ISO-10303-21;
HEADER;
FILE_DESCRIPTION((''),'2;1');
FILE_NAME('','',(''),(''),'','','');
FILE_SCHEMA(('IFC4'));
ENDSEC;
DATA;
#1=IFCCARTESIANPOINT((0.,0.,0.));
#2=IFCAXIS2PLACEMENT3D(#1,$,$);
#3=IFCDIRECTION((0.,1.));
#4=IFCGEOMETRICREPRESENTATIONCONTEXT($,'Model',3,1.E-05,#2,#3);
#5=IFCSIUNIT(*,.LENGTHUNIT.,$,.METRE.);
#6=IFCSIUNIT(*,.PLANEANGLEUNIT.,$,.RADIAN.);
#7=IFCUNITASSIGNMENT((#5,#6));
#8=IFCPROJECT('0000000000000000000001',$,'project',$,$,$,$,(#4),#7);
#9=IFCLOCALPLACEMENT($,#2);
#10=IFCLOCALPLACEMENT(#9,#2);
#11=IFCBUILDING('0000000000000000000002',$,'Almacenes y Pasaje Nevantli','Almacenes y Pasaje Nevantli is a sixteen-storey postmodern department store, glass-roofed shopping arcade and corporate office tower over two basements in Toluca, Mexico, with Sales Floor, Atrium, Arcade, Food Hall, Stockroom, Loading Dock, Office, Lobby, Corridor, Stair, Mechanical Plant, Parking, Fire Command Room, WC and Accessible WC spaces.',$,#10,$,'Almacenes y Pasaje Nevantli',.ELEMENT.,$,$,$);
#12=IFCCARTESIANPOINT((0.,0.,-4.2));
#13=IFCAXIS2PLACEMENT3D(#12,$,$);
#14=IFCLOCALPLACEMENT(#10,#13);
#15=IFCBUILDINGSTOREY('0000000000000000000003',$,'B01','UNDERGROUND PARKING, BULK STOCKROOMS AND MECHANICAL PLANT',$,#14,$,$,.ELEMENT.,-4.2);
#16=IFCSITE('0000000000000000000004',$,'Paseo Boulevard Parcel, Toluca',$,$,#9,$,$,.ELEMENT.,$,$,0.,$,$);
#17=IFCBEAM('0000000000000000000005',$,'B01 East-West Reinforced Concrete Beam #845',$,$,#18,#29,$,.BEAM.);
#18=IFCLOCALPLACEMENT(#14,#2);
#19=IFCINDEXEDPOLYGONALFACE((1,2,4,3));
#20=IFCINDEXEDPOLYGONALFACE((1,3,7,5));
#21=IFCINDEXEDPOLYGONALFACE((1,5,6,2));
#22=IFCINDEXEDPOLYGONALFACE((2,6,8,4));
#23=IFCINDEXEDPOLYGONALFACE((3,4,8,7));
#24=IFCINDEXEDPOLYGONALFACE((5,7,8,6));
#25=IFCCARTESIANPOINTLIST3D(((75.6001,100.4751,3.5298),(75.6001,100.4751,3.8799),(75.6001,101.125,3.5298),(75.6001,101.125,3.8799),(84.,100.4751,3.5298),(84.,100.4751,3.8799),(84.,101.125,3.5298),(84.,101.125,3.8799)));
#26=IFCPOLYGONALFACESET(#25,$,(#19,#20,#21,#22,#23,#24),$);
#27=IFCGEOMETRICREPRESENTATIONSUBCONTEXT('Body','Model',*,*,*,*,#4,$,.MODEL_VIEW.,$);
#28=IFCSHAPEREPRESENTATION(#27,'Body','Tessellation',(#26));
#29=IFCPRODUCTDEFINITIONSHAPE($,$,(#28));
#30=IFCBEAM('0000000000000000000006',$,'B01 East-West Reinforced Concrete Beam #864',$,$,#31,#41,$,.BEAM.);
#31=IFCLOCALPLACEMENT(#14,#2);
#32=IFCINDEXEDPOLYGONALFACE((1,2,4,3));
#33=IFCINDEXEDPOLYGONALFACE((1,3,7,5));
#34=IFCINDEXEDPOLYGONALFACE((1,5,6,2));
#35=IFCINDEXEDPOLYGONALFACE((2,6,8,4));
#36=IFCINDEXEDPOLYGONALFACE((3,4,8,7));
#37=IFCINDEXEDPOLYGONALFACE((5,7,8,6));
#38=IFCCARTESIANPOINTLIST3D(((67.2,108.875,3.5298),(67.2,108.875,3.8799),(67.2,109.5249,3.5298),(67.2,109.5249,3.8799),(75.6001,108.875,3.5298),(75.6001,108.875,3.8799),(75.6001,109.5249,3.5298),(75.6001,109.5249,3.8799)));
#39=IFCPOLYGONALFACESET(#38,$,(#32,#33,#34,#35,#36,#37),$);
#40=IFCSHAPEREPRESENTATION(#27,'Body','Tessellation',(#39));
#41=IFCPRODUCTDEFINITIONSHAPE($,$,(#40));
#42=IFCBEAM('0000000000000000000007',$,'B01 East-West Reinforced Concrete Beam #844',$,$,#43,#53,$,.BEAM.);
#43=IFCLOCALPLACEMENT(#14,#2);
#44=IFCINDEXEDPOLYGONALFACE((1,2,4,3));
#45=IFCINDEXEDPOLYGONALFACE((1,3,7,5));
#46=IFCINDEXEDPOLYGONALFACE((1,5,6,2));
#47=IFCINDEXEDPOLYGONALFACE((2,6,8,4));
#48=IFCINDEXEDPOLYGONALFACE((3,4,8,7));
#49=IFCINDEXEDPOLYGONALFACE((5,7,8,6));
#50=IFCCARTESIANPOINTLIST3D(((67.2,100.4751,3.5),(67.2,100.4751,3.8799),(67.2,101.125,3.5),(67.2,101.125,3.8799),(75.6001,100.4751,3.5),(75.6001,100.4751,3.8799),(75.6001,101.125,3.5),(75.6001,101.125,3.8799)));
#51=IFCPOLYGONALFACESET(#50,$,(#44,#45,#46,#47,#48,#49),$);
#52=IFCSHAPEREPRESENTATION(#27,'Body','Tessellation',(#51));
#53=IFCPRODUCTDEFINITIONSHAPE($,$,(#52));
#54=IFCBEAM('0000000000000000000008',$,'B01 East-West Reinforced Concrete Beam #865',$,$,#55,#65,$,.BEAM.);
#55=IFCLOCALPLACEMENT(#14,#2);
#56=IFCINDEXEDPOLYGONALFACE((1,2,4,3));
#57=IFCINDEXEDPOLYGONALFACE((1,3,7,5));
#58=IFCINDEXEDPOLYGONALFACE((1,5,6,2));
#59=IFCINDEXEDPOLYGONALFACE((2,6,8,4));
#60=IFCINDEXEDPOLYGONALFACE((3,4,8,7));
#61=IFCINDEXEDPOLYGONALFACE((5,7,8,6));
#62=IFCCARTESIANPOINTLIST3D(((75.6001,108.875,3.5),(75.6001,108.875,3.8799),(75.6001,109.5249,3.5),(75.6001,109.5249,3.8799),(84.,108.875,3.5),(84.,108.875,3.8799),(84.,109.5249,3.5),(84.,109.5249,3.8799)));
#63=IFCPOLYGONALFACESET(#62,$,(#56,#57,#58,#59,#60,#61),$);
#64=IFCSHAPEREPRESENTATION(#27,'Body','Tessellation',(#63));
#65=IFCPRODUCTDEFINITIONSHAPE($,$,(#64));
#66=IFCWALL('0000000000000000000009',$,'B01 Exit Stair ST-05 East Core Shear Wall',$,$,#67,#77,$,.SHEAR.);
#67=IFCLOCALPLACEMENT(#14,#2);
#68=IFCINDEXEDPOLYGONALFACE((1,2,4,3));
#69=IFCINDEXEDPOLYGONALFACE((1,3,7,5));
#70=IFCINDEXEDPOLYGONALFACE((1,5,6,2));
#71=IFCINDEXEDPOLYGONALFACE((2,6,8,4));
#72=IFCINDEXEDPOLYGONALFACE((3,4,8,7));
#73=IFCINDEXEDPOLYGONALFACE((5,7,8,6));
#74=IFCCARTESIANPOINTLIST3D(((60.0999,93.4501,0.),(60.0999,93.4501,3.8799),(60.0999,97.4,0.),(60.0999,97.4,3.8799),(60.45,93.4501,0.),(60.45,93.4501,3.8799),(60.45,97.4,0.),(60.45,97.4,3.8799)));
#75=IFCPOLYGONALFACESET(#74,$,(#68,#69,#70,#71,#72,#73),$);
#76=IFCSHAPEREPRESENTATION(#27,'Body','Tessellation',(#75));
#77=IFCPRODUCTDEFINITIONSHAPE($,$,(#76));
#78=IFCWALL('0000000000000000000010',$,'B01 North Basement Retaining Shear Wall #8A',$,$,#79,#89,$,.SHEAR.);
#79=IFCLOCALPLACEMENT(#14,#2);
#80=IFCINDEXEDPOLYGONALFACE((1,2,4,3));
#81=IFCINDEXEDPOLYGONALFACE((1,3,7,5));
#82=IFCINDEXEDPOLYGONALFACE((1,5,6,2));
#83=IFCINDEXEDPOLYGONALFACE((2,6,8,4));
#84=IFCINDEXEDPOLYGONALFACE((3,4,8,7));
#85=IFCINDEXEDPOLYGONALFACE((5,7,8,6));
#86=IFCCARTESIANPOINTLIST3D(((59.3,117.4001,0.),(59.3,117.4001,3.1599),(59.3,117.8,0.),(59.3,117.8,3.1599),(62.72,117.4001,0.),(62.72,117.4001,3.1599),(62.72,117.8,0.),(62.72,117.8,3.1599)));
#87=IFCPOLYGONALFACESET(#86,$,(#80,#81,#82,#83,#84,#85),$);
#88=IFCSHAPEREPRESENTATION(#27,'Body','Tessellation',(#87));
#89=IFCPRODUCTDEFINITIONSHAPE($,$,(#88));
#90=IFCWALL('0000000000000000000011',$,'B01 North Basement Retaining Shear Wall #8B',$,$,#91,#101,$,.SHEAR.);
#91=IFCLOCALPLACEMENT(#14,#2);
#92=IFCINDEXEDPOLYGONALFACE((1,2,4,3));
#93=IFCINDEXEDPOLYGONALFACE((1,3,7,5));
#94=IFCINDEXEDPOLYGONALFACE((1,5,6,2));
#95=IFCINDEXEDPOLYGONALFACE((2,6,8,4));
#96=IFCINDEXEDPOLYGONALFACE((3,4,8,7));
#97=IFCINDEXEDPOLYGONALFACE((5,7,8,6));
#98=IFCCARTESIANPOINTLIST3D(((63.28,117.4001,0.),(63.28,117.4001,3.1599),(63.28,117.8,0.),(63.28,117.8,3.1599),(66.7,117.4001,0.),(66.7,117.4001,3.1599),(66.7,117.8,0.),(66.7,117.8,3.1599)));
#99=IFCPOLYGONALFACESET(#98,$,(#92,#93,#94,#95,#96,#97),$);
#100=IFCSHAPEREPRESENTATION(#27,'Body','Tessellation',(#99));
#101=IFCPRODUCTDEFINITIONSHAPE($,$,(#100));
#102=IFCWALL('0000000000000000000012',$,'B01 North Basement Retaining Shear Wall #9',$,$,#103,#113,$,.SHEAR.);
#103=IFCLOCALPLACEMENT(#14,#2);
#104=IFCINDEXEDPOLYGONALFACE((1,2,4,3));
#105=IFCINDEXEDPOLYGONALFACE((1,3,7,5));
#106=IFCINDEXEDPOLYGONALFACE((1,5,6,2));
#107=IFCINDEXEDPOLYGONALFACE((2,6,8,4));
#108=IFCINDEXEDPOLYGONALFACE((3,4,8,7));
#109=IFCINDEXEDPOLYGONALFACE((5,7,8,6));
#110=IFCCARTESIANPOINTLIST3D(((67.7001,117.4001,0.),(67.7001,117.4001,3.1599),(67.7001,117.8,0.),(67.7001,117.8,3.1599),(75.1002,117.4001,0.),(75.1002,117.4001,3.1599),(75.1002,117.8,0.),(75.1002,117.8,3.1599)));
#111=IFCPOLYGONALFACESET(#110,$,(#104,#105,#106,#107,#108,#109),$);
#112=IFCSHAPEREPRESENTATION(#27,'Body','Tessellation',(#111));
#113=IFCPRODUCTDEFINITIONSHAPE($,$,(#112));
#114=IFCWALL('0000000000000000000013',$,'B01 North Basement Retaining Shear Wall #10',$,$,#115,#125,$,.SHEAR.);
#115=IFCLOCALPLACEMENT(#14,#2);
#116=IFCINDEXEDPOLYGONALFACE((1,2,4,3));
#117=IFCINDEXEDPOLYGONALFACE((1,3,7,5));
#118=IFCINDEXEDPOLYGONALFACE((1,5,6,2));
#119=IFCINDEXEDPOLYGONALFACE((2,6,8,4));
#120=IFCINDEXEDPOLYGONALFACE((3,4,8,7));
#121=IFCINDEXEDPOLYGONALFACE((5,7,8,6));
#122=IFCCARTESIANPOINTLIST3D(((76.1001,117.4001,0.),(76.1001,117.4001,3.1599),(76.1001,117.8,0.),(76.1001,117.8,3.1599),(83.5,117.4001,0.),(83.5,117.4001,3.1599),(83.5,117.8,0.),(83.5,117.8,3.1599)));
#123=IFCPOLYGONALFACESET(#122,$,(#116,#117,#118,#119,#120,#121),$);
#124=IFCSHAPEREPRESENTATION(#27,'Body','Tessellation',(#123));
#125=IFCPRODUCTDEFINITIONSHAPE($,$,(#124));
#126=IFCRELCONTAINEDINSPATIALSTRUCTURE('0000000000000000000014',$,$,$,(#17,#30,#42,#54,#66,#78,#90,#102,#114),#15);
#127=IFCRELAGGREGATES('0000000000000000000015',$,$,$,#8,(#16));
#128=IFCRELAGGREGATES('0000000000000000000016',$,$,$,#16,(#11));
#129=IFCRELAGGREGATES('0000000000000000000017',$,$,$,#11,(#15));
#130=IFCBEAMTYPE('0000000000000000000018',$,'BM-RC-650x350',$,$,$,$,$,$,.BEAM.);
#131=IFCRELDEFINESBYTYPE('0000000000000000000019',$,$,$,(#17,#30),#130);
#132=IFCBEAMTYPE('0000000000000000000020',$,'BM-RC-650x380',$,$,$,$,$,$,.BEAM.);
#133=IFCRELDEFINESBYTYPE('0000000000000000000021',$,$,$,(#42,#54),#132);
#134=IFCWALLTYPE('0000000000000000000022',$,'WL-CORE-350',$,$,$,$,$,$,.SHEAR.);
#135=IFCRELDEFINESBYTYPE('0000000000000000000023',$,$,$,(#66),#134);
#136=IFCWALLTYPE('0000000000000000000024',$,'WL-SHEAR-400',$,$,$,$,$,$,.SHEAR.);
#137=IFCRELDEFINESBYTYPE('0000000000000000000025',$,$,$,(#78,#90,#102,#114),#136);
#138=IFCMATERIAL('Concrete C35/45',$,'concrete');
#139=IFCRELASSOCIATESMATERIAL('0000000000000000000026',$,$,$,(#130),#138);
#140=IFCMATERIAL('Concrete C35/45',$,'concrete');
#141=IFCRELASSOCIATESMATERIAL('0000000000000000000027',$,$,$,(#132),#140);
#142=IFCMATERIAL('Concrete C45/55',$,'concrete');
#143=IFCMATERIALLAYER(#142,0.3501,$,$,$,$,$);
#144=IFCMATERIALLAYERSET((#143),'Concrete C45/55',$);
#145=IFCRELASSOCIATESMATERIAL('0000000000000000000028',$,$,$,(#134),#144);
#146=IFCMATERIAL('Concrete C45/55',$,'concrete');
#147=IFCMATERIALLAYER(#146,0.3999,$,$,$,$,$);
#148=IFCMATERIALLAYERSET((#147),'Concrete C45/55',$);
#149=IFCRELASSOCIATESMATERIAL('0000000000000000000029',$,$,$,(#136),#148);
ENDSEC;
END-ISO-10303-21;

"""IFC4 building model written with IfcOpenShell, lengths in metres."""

from ifc_helpers import new_model, si_unit, direction, frame, frame_2d, origin, origin_2d, place, context, subcontext, project, spatial, rectangle, extrude, material, layer, layer_set, material_profile, profile_set, type_object, element, save


model = new_model("IFC4")

# Units and contexts
model_context = context("Model", 3, precision=1e-05, world=origin(), true_north=direction((0.0, 1.0)))
body_context = subcontext(model_context, "Body", "Model", "MODEL_VIEW")
ifc_project = project(units=[si_unit("LENGTHUNIT", "METRE"), si_unit("PLANEANGLEUNIT", "RADIAN")], contexts=[model_context])

# Site, building, storey
site_placement = place(None, origin())
site = spatial("IfcSite", under=ifc_project, at=site_placement, Name="Paseo Boulevard Parcel, Toluca", CompositionType="ELEMENT", RefElevation=0.0)
building_placement = place(site_placement, origin())
building = spatial("IfcBuilding", under=site, at=building_placement, Name="Almacenes y Pasaje Nevantli", Description="Almacenes y Pasaje Nevantli is a sixteen-storey postmodern department store, glass-roofed shopping arcade and corporate office tower over two basements in Toluca, Mexico, with Sales Floor, Atrium, Arcade, Food Hall, Stockroom, Loading Dock, Office, Lobby, Corridor, Stair, Mechanical Plant, Parking, Fire Command Room, WC and Accessible WC spaces.", LongName="Almacenes y Pasaje Nevantli", CompositionType="ELEMENT")
storey_placement = place(building_placement, frame((0.0, 0.0, -4.2)))
storey = spatial("IfcBuildingStorey", under=building, at=storey_placement, Name="B01", Description="UNDERGROUND PARKING, BULK STOCKROOMS AND MECHANICAL PLANT", CompositionType="ELEMENT", Elevation=-4.2)

# Beams
ifc_material_1 = material(Name="Concrete C35/45", Category="concrete")
ifc_material_profile_1 = material_profile(ifc_material_1, rectangle(XDim=0.6499, YDim=0.3501, at=origin_2d()), Name="RC-BM-650x350")
ifc_profile_set_1 = profile_set([ifc_material_profile_1], Name="Concrete C35/45")
beam_type_1 = type_object("IfcBeamType", Name="BM-RC-650x350", PredefinedType="BEAM", material=ifc_profile_set_1)
for number, where, z_axis, x_axis, name in (
    (1, (75.6001, 100.8, 3.7048), (1.0, 0.0, 0.0), (0.0, 1.0, 0.0), "B01 East-West Reinforced Concrete Beam #845"),
):
    element("IfcBeam", number, at=place(storey_placement, frame(where, z_axis=z_axis, x_axis=x_axis)), inside=storey, type_object=beam_type_1, Name=name, PredefinedType="BEAM", context=body_context, shape_type="SweptSolid", body=[
        extrude(rectangle(XDim=0.6499, YDim=0.3501, at=origin_2d()), origin(), (0.0, 0.0, 1.0), 8.3999),
    ])
beam_1_placement = place(storey_placement, frame((67.2, 109.2, 3.7048), z_axis=(1.0, 0.0, 0.0), x_axis=(0.0, 1.0, 0.0)))
element("IfcBeam", 2, at=beam_1_placement, inside=storey, type_object=beam_type_1, Name="B01 East-West Reinforced Concrete Beam #864", PredefinedType="BEAM", context=body_context, shape_type="SweptSolid", body=[
    extrude(rectangle(XDim=0.6499, YDim=0.3501, at=origin_2d()), origin(), (0.0, 0.0, 1.0), 8.4001),
])
ifc_material_2 = material(Name="Concrete C35/45", Category="concrete")
ifc_material_profile_2 = material_profile(ifc_material_2, rectangle(XDim=0.6499, YDim=0.3799, at=origin_2d()), Name="RC-BM-650x380")
ifc_profile_set_2 = profile_set([ifc_material_profile_2], Name="Concrete C35/45")
beam_type_2 = type_object("IfcBeamType", Name="BM-RC-650x380", PredefinedType="BEAM", material=ifc_profile_set_2)
beam_2_placement = place(storey_placement, frame((67.2, 100.8, 3.6899), z_axis=(1.0, 0.0, 0.0), x_axis=(0.0, 1.0, 0.0)))
element("IfcBeam", 3, at=beam_2_placement, inside=storey, type_object=beam_type_2, Name="B01 East-West Reinforced Concrete Beam #844", PredefinedType="BEAM", context=body_context, shape_type="SweptSolid", body=[
    extrude(rectangle(XDim=0.6499, YDim=0.3799, at=origin_2d()), origin(), (0.0, 0.0, 1.0), 8.4001),
])
beam_3_placement = place(storey_placement, frame((75.6001, 109.2, 3.6899), z_axis=(1.0, 0.0, 0.0), x_axis=(0.0, 1.0, 0.0)))
element("IfcBeam", 4, at=beam_3_placement, inside=storey, type_object=beam_type_2, Name="B01 East-West Reinforced Concrete Beam #865", PredefinedType="BEAM", context=body_context, shape_type="SweptSolid", body=[
    extrude(rectangle(XDim=0.6499, YDim=0.3799, at=origin_2d()), origin(), (0.0, 0.0, 1.0), 8.3999),
])

# Walls
ifc_material_3 = material(Name="Concrete C45/55", Category="concrete")
ifc_layer_1 = layer(ifc_material_3, 0.3501)
ifc_layer_set_1 = layer_set([ifc_layer_1], Name="Concrete C45/55")
wall_type_1 = type_object("IfcWallType", Name="WL-CORE-350", PredefinedType="SHEAR", material=ifc_layer_set_1)
wall_1_placement = place(storey_placement, frame((60.2749, 93.45, 0.0), z_axis=(0.0, 0.0, 1.0), x_axis=(0.0, 1.0, 0.0)))
element("IfcWall", 5, at=wall_1_placement, inside=storey, type_object=wall_type_1, Name="B01 Exit Stair ST-05 East Core Shear Wall", PredefinedType="SHEAR", context=body_context, shape_type="SweptSolid", body=[
    extrude(rectangle(XDim=3.95, YDim=0.3501, at=frame_2d((1.9751, 0.0))), origin(), (0.0, 0.0, 1.0), 3.8799),
])
ifc_material_4 = material(Name="Concrete C45/55", Category="concrete")
ifc_layer_2 = layer(ifc_material_4, 0.3999)
ifc_layer_set_2 = layer_set([ifc_layer_2], Name="Concrete C45/55")
wall_type_2 = type_object("IfcWallType", Name="WL-SHEAR-400", PredefinedType="SHEAR", material=ifc_layer_set_2)
for number, where, z_axis, x_axis, name in (
    (6, (59.3, 117.6001, 0.0), (0.0, 0.0, 1.0), (1.0, 0.0, 0.0), "B01 North Basement Retaining Shear Wall #8A"),
    (7, (63.28, 117.6001, 0.0), (0.0, 0.0, 1.0), (1.0, 0.0, 0.0), "B01 North Basement Retaining Shear Wall #8B"),
):
    element("IfcWall", number, at=place(storey_placement, frame(where, z_axis=z_axis, x_axis=x_axis)), inside=storey, type_object=wall_type_2, Name=name, PredefinedType="SHEAR", context=body_context, shape_type="SweptSolid", body=[
        extrude(rectangle(XDim=3.4199, YDim=0.3999, at=frame_2d((1.71, 0.0))), origin(), (0.0, 0.0, 1.0), 3.1599),
    ])
wall_2_placement = place(storey_placement, frame((67.7, 117.6001, 0.0), z_axis=(0.0, 0.0, 1.0), x_axis=(1.0, 0.0, 0.0)))
element("IfcWall", 8, at=wall_2_placement, inside=storey, type_object=wall_type_2, Name="B01 North Basement Retaining Shear Wall #9", PredefinedType="SHEAR", context=body_context, shape_type="SweptSolid", body=[
    extrude(rectangle(XDim=7.4001, YDim=0.3999, at=frame_2d((3.7002, 0.0))), origin(), (0.0, 0.0, 1.0), 3.1599),
])
wall_3_placement = place(storey_placement, frame((76.1001, 117.6001, 0.0), z_axis=(0.0, 0.0, 1.0), x_axis=(1.0, 0.0, 0.0)))
element("IfcWall", 9, at=wall_3_placement, inside=storey, type_object=wall_type_2, Name="B01 North Basement Retaining Shear Wall #10", PredefinedType="SHEAR", context=body_context, shape_type="SweptSolid", body=[
    extrude(rectangle(XDim=7.3999, YDim=0.3999, at=frame_2d((3.7, 0.0))), origin(), (0.0, 0.0, 1.0), 3.1599),
])

save(model, "model.ifc")
